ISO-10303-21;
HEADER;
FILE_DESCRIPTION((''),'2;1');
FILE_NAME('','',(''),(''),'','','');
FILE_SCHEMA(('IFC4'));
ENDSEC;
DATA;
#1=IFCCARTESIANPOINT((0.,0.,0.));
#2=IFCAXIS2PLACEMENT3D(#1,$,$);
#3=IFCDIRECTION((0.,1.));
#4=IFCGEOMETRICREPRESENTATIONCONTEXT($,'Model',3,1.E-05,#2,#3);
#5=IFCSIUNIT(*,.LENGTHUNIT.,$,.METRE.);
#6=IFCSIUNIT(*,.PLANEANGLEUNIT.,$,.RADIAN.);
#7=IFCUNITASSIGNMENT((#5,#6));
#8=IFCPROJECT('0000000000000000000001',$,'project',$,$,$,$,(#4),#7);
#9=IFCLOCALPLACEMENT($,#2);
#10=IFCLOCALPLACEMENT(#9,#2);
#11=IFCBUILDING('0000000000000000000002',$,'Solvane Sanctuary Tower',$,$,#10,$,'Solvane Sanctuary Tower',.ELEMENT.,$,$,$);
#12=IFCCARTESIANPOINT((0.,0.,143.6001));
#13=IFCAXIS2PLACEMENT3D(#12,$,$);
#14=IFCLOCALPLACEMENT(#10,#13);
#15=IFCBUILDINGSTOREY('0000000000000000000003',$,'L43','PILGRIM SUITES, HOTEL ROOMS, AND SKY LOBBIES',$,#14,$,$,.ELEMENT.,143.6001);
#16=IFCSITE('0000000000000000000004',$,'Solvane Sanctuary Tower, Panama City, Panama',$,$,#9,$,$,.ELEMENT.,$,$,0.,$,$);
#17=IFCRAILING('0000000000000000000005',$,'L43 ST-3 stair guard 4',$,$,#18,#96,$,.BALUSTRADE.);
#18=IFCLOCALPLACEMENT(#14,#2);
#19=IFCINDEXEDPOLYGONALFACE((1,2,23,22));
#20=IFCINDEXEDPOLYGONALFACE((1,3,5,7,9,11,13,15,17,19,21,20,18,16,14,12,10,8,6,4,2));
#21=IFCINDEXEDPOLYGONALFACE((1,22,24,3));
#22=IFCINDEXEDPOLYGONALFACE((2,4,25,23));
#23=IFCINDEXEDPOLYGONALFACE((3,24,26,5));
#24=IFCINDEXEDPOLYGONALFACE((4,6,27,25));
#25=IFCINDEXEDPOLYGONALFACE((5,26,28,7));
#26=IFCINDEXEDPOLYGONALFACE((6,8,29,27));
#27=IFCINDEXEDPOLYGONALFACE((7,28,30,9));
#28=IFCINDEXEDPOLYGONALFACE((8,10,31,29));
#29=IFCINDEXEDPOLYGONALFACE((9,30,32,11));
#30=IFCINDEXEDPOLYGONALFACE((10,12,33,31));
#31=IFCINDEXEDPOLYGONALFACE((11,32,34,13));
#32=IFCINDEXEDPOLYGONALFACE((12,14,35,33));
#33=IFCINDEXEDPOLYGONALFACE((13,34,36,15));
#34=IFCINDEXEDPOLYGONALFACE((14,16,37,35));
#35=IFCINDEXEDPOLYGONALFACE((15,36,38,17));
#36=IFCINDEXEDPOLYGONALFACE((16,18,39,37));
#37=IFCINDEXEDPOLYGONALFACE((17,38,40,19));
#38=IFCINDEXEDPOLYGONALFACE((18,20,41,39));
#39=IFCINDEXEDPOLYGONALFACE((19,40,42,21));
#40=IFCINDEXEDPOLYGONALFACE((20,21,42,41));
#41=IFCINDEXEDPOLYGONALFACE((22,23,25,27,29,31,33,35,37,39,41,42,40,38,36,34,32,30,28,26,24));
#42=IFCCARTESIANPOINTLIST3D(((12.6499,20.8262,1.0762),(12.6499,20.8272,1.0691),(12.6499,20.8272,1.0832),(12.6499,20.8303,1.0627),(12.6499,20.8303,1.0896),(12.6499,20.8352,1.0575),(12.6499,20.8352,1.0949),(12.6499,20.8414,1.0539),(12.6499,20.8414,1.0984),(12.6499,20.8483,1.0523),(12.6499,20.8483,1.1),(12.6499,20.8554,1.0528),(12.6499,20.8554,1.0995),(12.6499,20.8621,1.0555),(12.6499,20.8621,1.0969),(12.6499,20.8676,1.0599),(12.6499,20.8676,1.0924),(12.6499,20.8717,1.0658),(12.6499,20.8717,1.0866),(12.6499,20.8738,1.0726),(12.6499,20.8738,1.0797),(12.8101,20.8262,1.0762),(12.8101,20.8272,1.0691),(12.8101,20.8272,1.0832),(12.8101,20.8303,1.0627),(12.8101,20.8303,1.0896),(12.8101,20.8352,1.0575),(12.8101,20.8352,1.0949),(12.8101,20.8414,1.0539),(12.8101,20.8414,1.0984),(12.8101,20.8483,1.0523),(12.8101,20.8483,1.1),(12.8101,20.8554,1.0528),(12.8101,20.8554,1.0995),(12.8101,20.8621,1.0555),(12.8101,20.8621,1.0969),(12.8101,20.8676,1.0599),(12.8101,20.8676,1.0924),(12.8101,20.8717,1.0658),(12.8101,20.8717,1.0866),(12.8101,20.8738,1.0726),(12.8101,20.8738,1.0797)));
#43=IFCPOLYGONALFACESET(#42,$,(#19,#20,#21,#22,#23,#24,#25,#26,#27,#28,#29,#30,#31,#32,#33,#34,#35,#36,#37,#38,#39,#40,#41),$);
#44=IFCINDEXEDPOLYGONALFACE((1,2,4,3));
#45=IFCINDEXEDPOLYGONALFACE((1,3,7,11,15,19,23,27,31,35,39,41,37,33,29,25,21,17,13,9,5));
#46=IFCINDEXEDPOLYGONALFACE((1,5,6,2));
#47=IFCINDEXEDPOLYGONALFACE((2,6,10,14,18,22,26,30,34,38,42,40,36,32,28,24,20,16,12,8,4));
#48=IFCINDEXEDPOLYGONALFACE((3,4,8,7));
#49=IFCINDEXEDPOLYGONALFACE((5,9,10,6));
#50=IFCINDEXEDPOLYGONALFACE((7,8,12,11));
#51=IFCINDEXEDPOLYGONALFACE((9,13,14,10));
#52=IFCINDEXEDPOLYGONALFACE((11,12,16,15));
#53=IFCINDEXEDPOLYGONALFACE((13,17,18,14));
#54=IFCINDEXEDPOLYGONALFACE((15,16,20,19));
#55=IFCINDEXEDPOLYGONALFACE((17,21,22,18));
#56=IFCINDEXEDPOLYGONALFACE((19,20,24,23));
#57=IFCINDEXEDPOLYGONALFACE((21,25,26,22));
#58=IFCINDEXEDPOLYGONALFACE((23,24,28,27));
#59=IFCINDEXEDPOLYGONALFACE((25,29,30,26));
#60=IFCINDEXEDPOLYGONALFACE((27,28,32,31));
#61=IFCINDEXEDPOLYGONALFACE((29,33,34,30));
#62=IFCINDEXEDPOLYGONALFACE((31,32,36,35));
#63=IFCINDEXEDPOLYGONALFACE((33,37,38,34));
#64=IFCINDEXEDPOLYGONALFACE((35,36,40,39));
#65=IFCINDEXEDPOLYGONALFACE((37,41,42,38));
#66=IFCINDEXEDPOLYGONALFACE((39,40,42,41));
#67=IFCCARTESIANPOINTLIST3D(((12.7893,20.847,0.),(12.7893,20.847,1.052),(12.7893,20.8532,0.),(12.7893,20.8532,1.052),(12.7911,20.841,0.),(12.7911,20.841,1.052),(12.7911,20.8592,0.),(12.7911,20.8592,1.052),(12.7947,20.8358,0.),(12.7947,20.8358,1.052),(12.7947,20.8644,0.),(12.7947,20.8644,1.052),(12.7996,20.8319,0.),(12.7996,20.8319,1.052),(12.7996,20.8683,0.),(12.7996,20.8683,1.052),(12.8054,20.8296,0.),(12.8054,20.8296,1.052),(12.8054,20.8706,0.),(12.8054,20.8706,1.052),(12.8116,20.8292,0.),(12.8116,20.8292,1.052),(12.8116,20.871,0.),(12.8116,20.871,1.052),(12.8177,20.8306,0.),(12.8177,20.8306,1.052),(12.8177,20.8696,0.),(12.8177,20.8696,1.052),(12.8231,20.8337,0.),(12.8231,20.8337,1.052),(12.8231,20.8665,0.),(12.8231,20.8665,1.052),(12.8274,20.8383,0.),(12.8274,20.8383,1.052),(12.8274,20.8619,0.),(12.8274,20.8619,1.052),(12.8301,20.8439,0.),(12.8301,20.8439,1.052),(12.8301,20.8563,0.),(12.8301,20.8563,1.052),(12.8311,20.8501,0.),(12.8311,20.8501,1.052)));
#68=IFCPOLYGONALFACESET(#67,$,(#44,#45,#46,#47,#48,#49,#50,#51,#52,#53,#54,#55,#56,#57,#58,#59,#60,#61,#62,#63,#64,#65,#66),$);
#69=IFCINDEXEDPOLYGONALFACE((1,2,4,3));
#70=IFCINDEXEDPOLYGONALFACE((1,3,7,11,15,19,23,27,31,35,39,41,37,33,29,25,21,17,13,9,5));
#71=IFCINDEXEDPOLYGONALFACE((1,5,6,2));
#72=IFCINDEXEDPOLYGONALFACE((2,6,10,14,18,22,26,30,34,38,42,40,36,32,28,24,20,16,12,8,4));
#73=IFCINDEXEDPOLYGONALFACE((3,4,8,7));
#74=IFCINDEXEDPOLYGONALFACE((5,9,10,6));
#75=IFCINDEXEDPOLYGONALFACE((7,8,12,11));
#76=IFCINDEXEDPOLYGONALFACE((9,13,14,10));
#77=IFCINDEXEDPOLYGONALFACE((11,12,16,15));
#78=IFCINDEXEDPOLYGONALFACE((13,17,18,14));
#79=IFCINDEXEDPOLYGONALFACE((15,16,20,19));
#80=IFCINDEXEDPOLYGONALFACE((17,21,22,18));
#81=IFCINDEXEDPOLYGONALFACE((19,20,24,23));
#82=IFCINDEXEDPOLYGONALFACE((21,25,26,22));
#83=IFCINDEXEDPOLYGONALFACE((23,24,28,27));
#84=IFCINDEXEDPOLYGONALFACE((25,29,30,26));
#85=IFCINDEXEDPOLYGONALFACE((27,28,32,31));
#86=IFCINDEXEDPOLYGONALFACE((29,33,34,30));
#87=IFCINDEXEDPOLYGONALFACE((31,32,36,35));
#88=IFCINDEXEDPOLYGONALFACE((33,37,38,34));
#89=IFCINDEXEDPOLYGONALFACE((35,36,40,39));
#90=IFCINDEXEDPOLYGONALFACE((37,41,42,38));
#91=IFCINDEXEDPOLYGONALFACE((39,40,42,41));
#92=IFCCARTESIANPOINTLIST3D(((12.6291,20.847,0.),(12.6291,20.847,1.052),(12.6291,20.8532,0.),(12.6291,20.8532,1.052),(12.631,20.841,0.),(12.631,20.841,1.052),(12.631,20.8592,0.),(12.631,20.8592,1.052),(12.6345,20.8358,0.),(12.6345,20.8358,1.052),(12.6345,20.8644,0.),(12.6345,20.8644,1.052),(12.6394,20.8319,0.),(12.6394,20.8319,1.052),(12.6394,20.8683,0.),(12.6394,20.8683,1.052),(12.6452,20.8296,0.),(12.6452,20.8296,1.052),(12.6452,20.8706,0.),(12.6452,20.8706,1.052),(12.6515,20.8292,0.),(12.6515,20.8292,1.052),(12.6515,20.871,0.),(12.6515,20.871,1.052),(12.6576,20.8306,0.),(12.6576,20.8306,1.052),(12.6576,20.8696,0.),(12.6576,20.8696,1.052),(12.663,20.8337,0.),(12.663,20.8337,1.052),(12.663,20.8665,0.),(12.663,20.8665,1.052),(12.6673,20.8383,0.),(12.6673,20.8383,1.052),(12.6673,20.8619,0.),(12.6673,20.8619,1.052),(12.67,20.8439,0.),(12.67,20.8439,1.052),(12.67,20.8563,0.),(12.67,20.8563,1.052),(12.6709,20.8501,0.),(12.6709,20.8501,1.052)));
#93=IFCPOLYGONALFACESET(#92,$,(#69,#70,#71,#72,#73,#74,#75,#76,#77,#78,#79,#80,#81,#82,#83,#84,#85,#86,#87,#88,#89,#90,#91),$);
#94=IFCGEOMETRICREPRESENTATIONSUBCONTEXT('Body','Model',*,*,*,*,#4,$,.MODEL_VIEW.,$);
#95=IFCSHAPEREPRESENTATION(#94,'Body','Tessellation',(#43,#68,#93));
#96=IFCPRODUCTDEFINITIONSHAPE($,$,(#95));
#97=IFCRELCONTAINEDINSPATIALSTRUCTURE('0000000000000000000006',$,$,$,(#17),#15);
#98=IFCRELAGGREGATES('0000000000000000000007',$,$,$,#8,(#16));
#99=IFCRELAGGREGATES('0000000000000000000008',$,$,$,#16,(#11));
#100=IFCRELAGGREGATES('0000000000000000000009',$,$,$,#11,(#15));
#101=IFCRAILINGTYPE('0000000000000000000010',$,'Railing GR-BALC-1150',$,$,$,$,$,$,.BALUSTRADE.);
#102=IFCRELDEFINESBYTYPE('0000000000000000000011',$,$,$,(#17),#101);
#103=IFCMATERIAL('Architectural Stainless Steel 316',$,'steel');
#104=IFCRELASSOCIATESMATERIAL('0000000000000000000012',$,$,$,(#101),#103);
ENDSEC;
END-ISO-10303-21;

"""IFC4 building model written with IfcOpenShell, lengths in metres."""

from ifc_helpers import new_model, si_unit, direction, frame, origin, origin_2d, place, context, subcontext, project, spatial, circle, extrude, material, type_object, element, save


model = new_model("IFC4")

# Units and contexts
model_context = context("Model", 3, precision=1e-05, world=origin(), true_north=direction((0.0, 1.0)))
body_context = subcontext(model_context, "Body", "Model", "MODEL_VIEW")
ifc_project = project(units=[si_unit("LENGTHUNIT", "METRE"), si_unit("PLANEANGLEUNIT", "RADIAN")], contexts=[model_context])

# Site, building, storey
site_placement = place(None, origin())
site = spatial("IfcSite", under=ifc_project, at=site_placement, Name="Solvane Sanctuary Tower, Panama City, Panama", CompositionType="ELEMENT", RefElevation=0.0)
building_placement = place(site_placement, origin())
building = spatial("IfcBuilding", under=site, at=building_placement, Name="Solvane Sanctuary Tower", LongName="Solvane Sanctuary Tower", CompositionType="ELEMENT")
storey_placement = place(building_placement, frame((0.0, 0.0, 143.6001)))
storey = spatial("IfcBuildingStorey", under=building, at=storey_placement, Name="L43", Description="PILGRIM SUITES, HOTEL ROOMS, AND SKY LOBBIES", CompositionType="ELEMENT", Elevation=143.6001)

# Shared definitions
ifc_material_1 = material(Name="Architectural Stainless Steel 316", Category="steel")

# Railing
railing_type = type_object("IfcRailingType", Name="Railing GR-BALC-1150", PredefinedType="BALUSTRADE", material=ifc_material_1)
for number, where, name in (
    (1, (12.8101, 20.8501, 0.0), "L43 ST-3 stair guard 4"),
):
    element("IfcRailing", number, at=place(storey_placement, frame(where)), inside=storey, type_object=railing_type, Name=name, PredefinedType="BALUSTRADE", context=body_context, shape_type="SweptSolid", body=[
        extrude(circle(Radius=0.0239, at=origin_2d()), frame((0.0, 0.0, 1.0762), z_axis=(-1.0, 0.0, 0.0), x_axis=(0.0, -1.0, 0.0)), (0.0, 0.0, 1.0), 0.1602),
        extrude(circle(Radius=0.021, at=origin_2d()), origin(), (0.0, 0.0, 1.0), 1.052),
        extrude(circle(Radius=0.021, at=origin_2d()), frame((-0.1602, 0.0, 0.0)), (0.0, 0.0, 1.0), 1.052),
    ])

save(model, "model.ifc")
